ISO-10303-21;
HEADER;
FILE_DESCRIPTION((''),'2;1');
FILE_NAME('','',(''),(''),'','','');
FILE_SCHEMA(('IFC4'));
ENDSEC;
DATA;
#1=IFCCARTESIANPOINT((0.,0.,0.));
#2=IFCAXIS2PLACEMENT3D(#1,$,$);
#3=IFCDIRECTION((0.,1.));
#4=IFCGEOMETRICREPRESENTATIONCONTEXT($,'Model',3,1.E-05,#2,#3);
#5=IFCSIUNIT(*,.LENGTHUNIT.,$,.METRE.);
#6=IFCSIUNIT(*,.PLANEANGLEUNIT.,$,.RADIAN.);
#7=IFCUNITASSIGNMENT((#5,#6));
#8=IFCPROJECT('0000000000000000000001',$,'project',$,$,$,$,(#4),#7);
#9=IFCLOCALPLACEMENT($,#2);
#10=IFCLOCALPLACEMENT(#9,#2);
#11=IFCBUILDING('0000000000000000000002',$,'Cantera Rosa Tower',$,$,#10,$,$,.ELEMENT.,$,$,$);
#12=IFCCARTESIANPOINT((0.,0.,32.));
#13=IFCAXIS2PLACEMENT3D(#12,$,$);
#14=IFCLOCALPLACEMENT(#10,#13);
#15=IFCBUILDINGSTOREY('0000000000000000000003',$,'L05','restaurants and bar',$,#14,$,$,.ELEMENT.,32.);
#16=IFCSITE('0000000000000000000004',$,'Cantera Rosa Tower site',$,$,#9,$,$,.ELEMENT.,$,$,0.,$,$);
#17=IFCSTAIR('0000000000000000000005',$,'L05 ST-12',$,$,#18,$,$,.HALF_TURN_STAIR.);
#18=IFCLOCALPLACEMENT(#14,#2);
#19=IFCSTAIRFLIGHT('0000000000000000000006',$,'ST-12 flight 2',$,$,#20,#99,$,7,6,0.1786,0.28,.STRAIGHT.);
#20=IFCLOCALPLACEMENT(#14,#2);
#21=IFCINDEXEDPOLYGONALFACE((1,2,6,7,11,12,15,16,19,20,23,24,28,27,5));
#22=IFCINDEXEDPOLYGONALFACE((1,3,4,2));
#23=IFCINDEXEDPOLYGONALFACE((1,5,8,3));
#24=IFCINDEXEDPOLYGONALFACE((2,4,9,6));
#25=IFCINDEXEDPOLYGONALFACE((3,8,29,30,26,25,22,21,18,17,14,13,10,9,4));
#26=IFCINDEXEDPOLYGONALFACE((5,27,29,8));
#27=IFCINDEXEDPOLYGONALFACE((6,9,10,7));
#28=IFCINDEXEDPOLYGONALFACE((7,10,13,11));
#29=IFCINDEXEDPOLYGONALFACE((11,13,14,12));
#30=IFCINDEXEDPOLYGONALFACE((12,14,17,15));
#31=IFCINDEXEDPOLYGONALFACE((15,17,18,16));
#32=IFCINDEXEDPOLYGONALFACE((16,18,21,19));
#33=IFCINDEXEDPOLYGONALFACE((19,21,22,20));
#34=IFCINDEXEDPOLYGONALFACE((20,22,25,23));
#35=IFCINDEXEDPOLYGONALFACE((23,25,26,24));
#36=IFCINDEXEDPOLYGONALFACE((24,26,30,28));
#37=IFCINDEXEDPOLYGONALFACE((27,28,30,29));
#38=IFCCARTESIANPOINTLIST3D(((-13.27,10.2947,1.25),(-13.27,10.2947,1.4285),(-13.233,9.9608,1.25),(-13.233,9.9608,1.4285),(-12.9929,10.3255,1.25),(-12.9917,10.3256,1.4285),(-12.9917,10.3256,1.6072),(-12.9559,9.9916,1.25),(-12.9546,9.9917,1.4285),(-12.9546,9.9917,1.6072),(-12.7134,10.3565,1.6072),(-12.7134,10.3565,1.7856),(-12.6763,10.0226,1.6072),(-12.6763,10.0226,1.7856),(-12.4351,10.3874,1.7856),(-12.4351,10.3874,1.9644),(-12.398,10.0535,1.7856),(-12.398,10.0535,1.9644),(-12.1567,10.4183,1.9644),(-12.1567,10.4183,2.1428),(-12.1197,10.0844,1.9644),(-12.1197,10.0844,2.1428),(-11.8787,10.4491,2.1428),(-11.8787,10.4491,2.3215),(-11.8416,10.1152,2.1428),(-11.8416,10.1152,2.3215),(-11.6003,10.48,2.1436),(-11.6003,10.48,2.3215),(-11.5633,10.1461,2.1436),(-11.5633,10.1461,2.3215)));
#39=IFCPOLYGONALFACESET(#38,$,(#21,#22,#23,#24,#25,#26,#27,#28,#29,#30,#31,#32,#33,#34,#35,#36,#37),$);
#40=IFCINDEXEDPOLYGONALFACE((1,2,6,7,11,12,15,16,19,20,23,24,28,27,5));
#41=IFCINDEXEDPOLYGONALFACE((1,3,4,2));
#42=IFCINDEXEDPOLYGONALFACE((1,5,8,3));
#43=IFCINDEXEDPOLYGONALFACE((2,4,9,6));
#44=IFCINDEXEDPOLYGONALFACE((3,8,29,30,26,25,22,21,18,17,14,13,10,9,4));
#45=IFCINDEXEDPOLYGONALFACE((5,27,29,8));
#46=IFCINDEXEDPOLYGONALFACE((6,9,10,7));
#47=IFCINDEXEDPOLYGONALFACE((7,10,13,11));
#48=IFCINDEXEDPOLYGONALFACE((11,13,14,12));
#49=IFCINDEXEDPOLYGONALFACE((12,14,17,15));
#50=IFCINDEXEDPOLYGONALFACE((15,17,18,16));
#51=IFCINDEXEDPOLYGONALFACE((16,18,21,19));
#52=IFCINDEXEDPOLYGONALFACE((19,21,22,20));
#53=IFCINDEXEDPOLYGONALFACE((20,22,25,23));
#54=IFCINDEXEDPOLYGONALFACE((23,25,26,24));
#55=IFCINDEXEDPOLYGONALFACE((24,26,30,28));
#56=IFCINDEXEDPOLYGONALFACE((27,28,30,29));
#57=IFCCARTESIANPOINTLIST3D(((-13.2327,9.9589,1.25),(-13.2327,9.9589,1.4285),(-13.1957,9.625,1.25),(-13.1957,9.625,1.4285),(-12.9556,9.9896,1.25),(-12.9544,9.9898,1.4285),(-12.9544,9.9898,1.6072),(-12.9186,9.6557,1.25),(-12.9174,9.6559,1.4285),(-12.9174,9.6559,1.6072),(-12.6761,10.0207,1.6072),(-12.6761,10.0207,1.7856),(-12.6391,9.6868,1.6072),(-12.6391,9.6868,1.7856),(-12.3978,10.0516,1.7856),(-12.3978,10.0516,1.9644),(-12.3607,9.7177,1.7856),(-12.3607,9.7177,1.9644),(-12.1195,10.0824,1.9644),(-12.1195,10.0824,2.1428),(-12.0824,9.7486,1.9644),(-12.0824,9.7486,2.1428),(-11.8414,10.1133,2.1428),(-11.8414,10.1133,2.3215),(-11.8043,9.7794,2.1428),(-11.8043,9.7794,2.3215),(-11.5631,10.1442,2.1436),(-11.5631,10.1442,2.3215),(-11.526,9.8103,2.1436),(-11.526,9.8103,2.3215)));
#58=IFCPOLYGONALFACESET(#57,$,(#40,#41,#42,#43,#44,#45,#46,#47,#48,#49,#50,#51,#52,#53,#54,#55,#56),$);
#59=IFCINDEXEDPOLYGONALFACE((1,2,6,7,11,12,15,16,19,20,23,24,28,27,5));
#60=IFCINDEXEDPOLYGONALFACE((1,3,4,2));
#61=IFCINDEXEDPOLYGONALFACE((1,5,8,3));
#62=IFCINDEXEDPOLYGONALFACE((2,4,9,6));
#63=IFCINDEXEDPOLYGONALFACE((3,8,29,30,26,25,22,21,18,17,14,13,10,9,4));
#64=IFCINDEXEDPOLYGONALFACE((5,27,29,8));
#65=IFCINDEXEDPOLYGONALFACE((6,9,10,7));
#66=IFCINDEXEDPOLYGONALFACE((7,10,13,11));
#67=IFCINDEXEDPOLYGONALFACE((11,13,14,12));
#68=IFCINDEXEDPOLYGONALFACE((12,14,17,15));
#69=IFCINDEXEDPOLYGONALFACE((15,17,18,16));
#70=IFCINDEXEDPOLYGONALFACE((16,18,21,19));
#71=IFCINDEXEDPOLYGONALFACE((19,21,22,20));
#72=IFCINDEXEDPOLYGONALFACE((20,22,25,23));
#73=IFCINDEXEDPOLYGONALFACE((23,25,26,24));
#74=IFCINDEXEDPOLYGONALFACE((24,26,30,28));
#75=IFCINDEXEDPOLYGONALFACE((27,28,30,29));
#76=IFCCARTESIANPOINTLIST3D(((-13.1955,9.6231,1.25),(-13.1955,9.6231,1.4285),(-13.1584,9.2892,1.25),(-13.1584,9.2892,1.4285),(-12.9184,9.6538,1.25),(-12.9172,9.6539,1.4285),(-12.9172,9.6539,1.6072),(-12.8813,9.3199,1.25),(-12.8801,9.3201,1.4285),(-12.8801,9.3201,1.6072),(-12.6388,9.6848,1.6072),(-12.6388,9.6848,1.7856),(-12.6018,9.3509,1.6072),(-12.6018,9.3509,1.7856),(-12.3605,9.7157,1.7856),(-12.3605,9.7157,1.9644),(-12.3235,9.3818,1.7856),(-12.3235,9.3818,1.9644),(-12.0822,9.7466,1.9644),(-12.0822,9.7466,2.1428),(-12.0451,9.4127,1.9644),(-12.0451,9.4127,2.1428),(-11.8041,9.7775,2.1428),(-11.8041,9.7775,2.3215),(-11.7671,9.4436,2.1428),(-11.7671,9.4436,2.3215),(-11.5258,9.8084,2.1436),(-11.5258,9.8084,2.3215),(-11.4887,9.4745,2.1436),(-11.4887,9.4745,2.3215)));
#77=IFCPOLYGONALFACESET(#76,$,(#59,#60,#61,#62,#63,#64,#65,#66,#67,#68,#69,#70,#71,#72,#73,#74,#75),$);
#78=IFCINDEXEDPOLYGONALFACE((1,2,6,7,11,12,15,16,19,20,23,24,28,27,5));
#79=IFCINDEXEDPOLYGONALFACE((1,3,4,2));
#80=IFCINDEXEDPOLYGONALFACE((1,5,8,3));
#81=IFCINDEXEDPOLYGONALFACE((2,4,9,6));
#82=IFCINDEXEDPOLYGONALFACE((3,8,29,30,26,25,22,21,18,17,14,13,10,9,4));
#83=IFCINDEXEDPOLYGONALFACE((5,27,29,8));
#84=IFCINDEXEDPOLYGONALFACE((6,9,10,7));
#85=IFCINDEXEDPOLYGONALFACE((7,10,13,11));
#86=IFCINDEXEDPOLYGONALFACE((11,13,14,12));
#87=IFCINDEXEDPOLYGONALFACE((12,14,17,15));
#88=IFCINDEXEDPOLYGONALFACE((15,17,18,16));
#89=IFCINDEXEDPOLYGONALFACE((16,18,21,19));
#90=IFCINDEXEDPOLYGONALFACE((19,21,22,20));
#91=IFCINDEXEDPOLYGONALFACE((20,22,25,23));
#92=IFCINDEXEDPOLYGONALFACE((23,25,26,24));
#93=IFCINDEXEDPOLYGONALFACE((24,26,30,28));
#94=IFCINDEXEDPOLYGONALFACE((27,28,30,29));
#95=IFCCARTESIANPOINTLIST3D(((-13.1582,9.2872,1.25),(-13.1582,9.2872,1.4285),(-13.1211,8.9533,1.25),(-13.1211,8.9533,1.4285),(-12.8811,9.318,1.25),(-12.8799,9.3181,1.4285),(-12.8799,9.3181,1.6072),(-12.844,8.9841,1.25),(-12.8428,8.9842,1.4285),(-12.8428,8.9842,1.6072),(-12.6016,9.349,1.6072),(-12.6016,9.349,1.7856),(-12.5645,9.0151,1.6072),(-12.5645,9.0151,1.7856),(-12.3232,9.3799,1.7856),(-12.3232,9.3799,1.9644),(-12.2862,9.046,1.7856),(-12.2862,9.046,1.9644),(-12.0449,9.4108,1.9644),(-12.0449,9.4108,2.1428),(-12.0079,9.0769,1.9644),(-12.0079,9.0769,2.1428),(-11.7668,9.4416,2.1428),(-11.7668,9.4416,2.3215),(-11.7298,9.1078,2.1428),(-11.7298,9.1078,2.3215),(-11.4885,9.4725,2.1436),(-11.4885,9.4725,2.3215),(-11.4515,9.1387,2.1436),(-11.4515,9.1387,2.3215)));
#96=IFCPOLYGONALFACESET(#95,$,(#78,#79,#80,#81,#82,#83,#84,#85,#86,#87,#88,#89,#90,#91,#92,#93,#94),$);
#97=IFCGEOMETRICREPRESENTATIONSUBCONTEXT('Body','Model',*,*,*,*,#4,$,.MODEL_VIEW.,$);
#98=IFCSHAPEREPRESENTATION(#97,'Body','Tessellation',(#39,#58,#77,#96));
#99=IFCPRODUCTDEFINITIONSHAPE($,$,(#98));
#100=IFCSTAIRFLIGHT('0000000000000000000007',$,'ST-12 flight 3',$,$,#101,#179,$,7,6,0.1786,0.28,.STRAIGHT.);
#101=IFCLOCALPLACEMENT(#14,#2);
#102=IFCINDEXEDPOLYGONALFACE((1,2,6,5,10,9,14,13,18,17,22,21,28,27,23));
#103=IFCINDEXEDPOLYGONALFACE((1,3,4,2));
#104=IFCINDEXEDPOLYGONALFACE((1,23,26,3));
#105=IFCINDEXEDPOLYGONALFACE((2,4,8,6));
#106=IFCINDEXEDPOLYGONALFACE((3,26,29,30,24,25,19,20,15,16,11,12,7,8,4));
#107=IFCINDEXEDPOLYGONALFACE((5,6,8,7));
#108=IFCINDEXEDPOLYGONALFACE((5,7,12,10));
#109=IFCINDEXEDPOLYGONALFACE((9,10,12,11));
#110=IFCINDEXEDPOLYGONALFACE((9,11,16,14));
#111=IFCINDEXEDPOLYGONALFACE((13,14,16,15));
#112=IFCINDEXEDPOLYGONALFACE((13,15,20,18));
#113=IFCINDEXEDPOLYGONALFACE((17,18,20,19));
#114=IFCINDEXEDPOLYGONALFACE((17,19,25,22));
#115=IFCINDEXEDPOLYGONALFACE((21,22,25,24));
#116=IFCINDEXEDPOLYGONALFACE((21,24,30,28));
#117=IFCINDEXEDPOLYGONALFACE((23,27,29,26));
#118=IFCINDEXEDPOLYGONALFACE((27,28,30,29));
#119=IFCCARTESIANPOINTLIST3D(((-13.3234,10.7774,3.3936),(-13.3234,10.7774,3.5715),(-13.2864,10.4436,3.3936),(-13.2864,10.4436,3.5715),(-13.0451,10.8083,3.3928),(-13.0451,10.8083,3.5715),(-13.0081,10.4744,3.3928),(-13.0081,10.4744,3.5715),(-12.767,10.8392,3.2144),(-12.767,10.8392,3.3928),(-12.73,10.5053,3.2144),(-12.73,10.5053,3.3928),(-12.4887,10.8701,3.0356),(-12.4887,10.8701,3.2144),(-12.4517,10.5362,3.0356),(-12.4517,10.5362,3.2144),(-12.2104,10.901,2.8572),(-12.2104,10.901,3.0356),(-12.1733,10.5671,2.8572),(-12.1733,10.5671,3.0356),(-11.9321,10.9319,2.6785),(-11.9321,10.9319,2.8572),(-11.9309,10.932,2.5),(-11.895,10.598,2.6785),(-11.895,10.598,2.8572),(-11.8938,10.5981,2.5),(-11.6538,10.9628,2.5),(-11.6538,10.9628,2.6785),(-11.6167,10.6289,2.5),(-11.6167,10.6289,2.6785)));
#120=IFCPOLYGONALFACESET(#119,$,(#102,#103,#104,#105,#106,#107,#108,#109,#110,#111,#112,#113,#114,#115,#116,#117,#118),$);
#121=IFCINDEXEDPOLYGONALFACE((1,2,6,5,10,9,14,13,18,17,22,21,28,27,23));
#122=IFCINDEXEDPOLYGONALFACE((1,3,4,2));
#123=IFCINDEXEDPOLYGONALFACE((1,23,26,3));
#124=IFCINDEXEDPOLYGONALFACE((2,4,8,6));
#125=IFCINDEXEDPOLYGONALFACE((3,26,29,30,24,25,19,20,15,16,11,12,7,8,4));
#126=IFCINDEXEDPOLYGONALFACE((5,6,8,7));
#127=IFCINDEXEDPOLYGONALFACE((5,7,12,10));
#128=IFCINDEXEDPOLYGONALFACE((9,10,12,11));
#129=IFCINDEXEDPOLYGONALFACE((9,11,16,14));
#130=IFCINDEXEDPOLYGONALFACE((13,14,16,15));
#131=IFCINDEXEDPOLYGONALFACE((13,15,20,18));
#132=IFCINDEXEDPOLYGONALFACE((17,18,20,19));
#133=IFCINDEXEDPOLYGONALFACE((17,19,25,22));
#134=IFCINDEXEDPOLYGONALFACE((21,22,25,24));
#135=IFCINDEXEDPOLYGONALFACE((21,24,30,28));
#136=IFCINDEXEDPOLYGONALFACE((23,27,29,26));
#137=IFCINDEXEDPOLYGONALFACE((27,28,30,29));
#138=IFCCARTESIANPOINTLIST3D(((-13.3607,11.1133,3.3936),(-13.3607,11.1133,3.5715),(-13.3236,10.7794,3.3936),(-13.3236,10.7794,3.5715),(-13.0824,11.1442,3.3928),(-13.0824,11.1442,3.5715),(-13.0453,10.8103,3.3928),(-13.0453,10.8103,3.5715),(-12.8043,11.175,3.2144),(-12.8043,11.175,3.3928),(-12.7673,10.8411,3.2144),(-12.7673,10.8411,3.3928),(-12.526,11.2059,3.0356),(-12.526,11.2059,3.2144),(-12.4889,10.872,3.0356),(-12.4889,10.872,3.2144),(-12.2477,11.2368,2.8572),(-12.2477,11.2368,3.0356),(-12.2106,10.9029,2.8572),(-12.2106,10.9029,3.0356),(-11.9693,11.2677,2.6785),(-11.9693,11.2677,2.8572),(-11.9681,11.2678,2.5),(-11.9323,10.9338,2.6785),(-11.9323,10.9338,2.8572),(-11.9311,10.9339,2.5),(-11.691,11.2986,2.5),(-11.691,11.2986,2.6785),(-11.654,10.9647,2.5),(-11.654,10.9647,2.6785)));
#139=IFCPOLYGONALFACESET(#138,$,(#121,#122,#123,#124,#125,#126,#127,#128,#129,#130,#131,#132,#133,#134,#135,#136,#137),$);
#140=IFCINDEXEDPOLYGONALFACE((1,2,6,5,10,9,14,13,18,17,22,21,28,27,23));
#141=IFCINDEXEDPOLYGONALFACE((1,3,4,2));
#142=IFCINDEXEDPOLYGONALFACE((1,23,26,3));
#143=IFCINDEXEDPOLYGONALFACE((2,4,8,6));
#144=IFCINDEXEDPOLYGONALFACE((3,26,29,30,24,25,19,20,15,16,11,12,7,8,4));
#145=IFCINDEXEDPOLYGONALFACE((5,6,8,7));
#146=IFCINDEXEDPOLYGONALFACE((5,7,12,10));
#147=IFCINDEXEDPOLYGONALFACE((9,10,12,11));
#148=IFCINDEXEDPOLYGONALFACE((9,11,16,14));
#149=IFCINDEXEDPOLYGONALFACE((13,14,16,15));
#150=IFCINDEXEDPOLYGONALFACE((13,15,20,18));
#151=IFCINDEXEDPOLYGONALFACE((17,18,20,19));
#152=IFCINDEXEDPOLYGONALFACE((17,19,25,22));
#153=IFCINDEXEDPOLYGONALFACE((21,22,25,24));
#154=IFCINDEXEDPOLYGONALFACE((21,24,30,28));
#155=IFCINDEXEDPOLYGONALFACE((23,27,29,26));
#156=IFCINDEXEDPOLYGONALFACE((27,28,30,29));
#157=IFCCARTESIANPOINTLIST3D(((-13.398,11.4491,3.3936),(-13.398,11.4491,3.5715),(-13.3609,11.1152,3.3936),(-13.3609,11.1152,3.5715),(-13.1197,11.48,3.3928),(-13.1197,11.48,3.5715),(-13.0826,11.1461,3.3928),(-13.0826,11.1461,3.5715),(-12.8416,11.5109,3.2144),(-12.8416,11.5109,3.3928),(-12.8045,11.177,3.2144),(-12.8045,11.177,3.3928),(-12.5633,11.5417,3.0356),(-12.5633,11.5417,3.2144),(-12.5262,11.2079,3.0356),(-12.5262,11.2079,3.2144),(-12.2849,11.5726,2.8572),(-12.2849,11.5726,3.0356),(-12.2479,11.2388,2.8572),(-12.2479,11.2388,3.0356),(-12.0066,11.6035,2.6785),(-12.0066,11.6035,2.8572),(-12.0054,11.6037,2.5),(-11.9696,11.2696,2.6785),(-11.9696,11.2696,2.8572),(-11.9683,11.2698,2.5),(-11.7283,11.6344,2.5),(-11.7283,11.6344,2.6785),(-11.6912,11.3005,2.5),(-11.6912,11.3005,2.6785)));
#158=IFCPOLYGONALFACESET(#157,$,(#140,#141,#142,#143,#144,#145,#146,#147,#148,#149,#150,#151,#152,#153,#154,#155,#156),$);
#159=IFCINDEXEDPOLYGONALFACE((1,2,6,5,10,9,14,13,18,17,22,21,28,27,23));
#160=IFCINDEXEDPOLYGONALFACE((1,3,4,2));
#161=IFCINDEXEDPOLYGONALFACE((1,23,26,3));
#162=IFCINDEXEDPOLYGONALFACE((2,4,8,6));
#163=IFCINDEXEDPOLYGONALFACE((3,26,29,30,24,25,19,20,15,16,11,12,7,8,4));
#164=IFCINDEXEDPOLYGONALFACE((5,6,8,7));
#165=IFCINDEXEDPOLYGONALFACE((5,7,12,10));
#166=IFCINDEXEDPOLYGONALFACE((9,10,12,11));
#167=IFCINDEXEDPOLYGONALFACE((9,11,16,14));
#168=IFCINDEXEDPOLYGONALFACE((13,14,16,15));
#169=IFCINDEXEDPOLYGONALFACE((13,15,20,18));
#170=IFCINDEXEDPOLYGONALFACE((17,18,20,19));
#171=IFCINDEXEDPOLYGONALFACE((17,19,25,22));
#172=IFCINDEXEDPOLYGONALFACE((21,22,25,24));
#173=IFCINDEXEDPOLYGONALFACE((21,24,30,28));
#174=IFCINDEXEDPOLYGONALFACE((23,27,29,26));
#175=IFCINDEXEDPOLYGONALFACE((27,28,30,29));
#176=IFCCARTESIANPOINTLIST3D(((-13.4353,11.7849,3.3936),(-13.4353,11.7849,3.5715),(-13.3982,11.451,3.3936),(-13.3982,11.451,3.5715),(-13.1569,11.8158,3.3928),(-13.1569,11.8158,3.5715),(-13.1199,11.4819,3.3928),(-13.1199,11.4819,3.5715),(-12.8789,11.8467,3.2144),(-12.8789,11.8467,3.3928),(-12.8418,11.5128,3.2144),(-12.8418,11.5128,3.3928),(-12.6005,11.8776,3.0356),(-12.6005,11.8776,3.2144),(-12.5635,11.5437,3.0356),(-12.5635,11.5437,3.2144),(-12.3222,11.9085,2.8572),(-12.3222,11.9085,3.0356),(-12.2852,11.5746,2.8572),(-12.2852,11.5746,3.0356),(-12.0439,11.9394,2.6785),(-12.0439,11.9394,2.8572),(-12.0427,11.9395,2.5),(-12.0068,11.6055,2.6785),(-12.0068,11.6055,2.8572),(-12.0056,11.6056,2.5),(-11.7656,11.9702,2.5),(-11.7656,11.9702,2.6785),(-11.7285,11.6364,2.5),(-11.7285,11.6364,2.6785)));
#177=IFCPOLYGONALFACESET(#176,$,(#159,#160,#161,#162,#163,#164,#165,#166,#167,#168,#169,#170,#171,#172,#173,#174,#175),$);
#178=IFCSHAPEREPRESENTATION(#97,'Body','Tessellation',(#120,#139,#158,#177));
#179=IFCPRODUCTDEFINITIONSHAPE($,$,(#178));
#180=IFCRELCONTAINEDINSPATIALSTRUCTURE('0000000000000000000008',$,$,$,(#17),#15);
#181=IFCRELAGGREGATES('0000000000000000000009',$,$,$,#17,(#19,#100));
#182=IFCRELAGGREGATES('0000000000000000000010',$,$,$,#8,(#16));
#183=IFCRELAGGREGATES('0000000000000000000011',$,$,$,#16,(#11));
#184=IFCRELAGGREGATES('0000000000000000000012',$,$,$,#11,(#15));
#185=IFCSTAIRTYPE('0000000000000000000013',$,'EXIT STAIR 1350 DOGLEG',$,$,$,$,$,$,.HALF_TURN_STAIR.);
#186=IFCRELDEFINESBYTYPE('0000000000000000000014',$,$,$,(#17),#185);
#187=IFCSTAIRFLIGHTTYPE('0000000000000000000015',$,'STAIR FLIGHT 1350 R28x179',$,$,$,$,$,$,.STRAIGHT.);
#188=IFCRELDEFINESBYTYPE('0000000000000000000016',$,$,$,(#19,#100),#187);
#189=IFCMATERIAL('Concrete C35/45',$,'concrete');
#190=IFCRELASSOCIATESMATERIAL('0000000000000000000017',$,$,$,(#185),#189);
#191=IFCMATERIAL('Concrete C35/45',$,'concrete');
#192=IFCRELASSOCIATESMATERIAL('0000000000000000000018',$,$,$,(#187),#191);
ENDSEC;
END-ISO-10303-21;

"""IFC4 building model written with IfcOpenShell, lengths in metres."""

from ifc_helpers import new_model, si_unit, direction, frame, origin, place, context, subcontext, project, spatial, polyline, outline, extrude, material, type_object, element, aggregate, save


model = new_model("IFC4")

# Units and contexts
model_context = context("Model", 3, precision=1e-05, world=origin(), true_north=direction((0.0, 1.0)))
body_context = subcontext(model_context, "Body", "Model", "MODEL_VIEW")
ifc_project = project(units=[si_unit("LENGTHUNIT", "METRE"), si_unit("PLANEANGLEUNIT", "RADIAN")], contexts=[model_context])

# Site, building, storey
site_placement = place(None, origin())
site = spatial("IfcSite", under=ifc_project, at=site_placement, Name="Cantera Rosa Tower site", CompositionType="ELEMENT", RefElevation=0.0)
building_placement = place(site_placement, origin())
building = spatial("IfcBuilding", under=site, at=building_placement, Name="Cantera Rosa Tower", CompositionType="ELEMENT")
storey_placement = place(building_placement, frame((0.0, 0.0, 32.0)))
storey = spatial("IfcBuildingStorey", under=building, at=storey_placement, Name="L05", Description="restaurants and bar", CompositionType="ELEMENT", Elevation=32.0)

# Stair, stair flights
ifc_material_1 = material(Name="Concrete C35/45", Category="concrete")
stair_type = type_object("IfcStairType", Name="EXIT STAIR 1350 DOGLEG", PredefinedType="HALF_TURN_STAIR", material=ifc_material_1)
stair_placement = place(storey_placement, origin())
stair = element("IfcStair", 1, at=stair_placement, inside=storey, type_object=stair_type, Name="L05 ST-12", PredefinedType="HALF_TURN_STAIR")
ifc_material_2 = material(Name="Concrete C35/45", Category="concrete")
stair_flight_type = type_object("IfcStairFlightType", Name="STAIR FLIGHT 1350 R28x179", PredefinedType="STRAIGHT", material=ifc_material_2)
stair_flight_1_placement = place(storey_placement, frame((-13.1956, 9.6238, 1.25), z_axis=(0.0, 0.0, 1.0), x_axis=(0.993897, 0.110313, 0.0)))
stair_flight_1 = element("IfcStairFlight", 2, at=stair_flight_1_placement, type_object=stair_flight_type, Name="ST-12 flight 2", NumberOfRisers=7, NumberOfTreads=6, PredefinedType="STRAIGHT", RiserHeight=0.1786, TreadLength=0.28, context=body_context, shape_type="SweptSolid", body=[
    extrude(outline(polyline([(0.0, 0.0), (0.0, 0.1785), (0.28, 0.1785), (0.28, 0.3572), (0.5601, 0.3572), (0.5601, 0.5356), (0.8401, 0.5356), (0.8401, 0.7144), (1.1201, 0.7144), (1.1201, 0.8928), (1.3999, 0.8928), (1.3999, 1.0715), (1.6799, 1.0715), (1.6799, 1.25), (1.6799, 0.8936), (0.2788, 0.0), (0.0, 0.0)])), frame((0.0, 0.675, 0.0), z_axis=(0.0, -1.0, 0.0), x_axis=(1.0, 0.0, 0.0)), (0.0, 0.0, 1.0), 0.3359),
    extrude(outline(polyline([(0.0, 0.0), (0.0, 0.1785), (0.28, 0.1785), (0.28, 0.3572), (0.5601, 0.3572), (0.5601, 0.5356), (0.8401, 0.5356), (0.8401, 0.7144), (1.1201, 0.7144), (1.1201, 0.8928), (1.3999, 0.8928), (1.3999, 1.0715), (1.6799, 1.0715), (1.6799, 1.25), (1.6799, 0.8936), (0.2788, 0.0), (0.0, 0.0)])), frame((0.0, 0.3372, 0.0), z_axis=(0.0, -1.0, 0.0), x_axis=(1.0, 0.0, 0.0)), (0.0, 0.0, 1.0), 0.3359),
    extrude(outline(polyline([(0.0, 0.0), (0.0, 0.1785), (0.28, 0.1785), (0.28, 0.3572), (0.5601, 0.3572), (0.5601, 0.5356), (0.8401, 0.5356), (0.8401, 0.7144), (1.1201, 0.7144), (1.1201, 0.8928), (1.3999, 0.8928), (1.3999, 1.0715), (1.6799, 1.0715), (1.6799, 1.25), (1.6799, 0.8936), (0.2788, 0.0), (0.0, 0.0)])), frame((0.0, -0.0007, 0.0), z_axis=(0.0, -1.0, 0.0), x_axis=(1.0, 0.0, 0.0)), (0.0, 0.0, 1.0), 0.3359),
    extrude(outline(polyline([(0.0, 0.0), (0.0, 0.1785), (0.28, 0.1785), (0.28, 0.3572), (0.5601, 0.3572), (0.5601, 0.5356), (0.8401, 0.5356), (0.8401, 0.7144), (1.1201, 0.7144), (1.1201, 0.8928), (1.3999, 0.8928), (1.3999, 1.0715), (1.6799, 1.0715), (1.6799, 1.25), (1.6799, 0.8936), (0.2788, 0.0), (0.0, 0.0)])), frame((0.0, -0.3386, 0.0), z_axis=(0.0, -1.0, 0.0), x_axis=(1.0, 0.0, 0.0)), (0.0, 0.0, 1.0), 0.3359),
])
stair_flight_2_placement = place(storey_placement, frame((-11.6912, 11.2998, 2.5), z_axis=(0.0, 0.0, 1.0), x_axis=(-0.993897, -0.110313, 0.0)))
stair_flight_2 = element("IfcStairFlight", 3, at=stair_flight_2_placement, type_object=stair_flight_type, Name="ST-12 flight 3", NumberOfRisers=7, NumberOfTreads=6, PredefinedType="STRAIGHT", RiserHeight=0.1786, TreadLength=0.28, context=body_context, shape_type="SweptSolid", body=[
    extrude(outline(polyline([(0.0, 0.0), (0.0, 0.1785), (0.28, 0.1785), (0.28, 0.3572), (0.5601, 0.3572), (0.5601, 0.5356), (0.8401, 0.5356), (0.8401, 0.7144), (1.1201, 0.7144), (1.1201, 0.8928), (1.3999, 0.8928), (1.3999, 1.0715), (1.6799, 1.0715), (1.6799, 1.25), (1.6799, 0.8936), (0.2788, 0.0), (0.0, 0.0)])), frame((0.0, 0.675, 0.0), z_axis=(0.0, -1.0, 0.0), x_axis=(1.0, 0.0, 0.0)), (0.0, 0.0, 1.0), 0.3359),
    extrude(outline(polyline([(0.0, 0.0), (0.0, 0.1785), (0.28, 0.1785), (0.28, 0.3572), (0.5601, 0.3572), (0.5601, 0.5356), (0.8401, 0.5356), (0.8401, 0.7144), (1.1201, 0.7144), (1.1201, 0.8928), (1.3999, 0.8928), (1.3999, 1.0715), (1.6799, 1.0715), (1.6799, 1.25), (1.6799, 0.8936), (0.2788, 0.0), (0.0, 0.0)])), frame((0.0, 0.3372, 0.0), z_axis=(0.0, -1.0, 0.0), x_axis=(1.0, 0.0, 0.0)), (0.0, 0.0, 1.0), 0.3359),
    extrude(outline(polyline([(0.0, 0.0), (0.0, 0.1785), (0.28, 0.1785), (0.28, 0.3572), (0.5601, 0.3572), (0.5601, 0.5356), (0.8401, 0.5356), (0.8401, 0.7144), (1.1201, 0.7144), (1.1201, 0.8928), (1.3999, 0.8928), (1.3999, 1.0715), (1.6799, 1.0715), (1.6799, 1.25), (1.6799, 0.8936), (0.2788, 0.0), (0.0, 0.0)])), frame((0.0, -0.0007, 0.0), z_axis=(0.0, -1.0, 0.0), x_axis=(1.0, 0.0, 0.0)), (0.0, 0.0, 1.0), 0.3359),
    extrude(outline(polyline([(0.0, 0.0), (0.0, 0.1785), (0.28, 0.1785), (0.28, 0.3572), (0.5601, 0.3572), (0.5601, 0.5356), (0.8401, 0.5356), (0.8401, 0.7144), (1.1201, 0.7144), (1.1201, 0.8928), (1.3999, 0.8928), (1.3999, 1.0715), (1.6799, 1.0715), (1.6799, 1.25), (1.6799, 0.8936), (0.2788, 0.0), (0.0, 0.0)])), frame((0.0, -0.3386, 0.0), z_axis=(0.0, -1.0, 0.0), x_axis=(1.0, 0.0, 0.0)), (0.0, 0.0, 1.0), 0.3359),
])
aggregate(stair, [stair_flight_1, stair_flight_2])

save(model, "model.ifc")
